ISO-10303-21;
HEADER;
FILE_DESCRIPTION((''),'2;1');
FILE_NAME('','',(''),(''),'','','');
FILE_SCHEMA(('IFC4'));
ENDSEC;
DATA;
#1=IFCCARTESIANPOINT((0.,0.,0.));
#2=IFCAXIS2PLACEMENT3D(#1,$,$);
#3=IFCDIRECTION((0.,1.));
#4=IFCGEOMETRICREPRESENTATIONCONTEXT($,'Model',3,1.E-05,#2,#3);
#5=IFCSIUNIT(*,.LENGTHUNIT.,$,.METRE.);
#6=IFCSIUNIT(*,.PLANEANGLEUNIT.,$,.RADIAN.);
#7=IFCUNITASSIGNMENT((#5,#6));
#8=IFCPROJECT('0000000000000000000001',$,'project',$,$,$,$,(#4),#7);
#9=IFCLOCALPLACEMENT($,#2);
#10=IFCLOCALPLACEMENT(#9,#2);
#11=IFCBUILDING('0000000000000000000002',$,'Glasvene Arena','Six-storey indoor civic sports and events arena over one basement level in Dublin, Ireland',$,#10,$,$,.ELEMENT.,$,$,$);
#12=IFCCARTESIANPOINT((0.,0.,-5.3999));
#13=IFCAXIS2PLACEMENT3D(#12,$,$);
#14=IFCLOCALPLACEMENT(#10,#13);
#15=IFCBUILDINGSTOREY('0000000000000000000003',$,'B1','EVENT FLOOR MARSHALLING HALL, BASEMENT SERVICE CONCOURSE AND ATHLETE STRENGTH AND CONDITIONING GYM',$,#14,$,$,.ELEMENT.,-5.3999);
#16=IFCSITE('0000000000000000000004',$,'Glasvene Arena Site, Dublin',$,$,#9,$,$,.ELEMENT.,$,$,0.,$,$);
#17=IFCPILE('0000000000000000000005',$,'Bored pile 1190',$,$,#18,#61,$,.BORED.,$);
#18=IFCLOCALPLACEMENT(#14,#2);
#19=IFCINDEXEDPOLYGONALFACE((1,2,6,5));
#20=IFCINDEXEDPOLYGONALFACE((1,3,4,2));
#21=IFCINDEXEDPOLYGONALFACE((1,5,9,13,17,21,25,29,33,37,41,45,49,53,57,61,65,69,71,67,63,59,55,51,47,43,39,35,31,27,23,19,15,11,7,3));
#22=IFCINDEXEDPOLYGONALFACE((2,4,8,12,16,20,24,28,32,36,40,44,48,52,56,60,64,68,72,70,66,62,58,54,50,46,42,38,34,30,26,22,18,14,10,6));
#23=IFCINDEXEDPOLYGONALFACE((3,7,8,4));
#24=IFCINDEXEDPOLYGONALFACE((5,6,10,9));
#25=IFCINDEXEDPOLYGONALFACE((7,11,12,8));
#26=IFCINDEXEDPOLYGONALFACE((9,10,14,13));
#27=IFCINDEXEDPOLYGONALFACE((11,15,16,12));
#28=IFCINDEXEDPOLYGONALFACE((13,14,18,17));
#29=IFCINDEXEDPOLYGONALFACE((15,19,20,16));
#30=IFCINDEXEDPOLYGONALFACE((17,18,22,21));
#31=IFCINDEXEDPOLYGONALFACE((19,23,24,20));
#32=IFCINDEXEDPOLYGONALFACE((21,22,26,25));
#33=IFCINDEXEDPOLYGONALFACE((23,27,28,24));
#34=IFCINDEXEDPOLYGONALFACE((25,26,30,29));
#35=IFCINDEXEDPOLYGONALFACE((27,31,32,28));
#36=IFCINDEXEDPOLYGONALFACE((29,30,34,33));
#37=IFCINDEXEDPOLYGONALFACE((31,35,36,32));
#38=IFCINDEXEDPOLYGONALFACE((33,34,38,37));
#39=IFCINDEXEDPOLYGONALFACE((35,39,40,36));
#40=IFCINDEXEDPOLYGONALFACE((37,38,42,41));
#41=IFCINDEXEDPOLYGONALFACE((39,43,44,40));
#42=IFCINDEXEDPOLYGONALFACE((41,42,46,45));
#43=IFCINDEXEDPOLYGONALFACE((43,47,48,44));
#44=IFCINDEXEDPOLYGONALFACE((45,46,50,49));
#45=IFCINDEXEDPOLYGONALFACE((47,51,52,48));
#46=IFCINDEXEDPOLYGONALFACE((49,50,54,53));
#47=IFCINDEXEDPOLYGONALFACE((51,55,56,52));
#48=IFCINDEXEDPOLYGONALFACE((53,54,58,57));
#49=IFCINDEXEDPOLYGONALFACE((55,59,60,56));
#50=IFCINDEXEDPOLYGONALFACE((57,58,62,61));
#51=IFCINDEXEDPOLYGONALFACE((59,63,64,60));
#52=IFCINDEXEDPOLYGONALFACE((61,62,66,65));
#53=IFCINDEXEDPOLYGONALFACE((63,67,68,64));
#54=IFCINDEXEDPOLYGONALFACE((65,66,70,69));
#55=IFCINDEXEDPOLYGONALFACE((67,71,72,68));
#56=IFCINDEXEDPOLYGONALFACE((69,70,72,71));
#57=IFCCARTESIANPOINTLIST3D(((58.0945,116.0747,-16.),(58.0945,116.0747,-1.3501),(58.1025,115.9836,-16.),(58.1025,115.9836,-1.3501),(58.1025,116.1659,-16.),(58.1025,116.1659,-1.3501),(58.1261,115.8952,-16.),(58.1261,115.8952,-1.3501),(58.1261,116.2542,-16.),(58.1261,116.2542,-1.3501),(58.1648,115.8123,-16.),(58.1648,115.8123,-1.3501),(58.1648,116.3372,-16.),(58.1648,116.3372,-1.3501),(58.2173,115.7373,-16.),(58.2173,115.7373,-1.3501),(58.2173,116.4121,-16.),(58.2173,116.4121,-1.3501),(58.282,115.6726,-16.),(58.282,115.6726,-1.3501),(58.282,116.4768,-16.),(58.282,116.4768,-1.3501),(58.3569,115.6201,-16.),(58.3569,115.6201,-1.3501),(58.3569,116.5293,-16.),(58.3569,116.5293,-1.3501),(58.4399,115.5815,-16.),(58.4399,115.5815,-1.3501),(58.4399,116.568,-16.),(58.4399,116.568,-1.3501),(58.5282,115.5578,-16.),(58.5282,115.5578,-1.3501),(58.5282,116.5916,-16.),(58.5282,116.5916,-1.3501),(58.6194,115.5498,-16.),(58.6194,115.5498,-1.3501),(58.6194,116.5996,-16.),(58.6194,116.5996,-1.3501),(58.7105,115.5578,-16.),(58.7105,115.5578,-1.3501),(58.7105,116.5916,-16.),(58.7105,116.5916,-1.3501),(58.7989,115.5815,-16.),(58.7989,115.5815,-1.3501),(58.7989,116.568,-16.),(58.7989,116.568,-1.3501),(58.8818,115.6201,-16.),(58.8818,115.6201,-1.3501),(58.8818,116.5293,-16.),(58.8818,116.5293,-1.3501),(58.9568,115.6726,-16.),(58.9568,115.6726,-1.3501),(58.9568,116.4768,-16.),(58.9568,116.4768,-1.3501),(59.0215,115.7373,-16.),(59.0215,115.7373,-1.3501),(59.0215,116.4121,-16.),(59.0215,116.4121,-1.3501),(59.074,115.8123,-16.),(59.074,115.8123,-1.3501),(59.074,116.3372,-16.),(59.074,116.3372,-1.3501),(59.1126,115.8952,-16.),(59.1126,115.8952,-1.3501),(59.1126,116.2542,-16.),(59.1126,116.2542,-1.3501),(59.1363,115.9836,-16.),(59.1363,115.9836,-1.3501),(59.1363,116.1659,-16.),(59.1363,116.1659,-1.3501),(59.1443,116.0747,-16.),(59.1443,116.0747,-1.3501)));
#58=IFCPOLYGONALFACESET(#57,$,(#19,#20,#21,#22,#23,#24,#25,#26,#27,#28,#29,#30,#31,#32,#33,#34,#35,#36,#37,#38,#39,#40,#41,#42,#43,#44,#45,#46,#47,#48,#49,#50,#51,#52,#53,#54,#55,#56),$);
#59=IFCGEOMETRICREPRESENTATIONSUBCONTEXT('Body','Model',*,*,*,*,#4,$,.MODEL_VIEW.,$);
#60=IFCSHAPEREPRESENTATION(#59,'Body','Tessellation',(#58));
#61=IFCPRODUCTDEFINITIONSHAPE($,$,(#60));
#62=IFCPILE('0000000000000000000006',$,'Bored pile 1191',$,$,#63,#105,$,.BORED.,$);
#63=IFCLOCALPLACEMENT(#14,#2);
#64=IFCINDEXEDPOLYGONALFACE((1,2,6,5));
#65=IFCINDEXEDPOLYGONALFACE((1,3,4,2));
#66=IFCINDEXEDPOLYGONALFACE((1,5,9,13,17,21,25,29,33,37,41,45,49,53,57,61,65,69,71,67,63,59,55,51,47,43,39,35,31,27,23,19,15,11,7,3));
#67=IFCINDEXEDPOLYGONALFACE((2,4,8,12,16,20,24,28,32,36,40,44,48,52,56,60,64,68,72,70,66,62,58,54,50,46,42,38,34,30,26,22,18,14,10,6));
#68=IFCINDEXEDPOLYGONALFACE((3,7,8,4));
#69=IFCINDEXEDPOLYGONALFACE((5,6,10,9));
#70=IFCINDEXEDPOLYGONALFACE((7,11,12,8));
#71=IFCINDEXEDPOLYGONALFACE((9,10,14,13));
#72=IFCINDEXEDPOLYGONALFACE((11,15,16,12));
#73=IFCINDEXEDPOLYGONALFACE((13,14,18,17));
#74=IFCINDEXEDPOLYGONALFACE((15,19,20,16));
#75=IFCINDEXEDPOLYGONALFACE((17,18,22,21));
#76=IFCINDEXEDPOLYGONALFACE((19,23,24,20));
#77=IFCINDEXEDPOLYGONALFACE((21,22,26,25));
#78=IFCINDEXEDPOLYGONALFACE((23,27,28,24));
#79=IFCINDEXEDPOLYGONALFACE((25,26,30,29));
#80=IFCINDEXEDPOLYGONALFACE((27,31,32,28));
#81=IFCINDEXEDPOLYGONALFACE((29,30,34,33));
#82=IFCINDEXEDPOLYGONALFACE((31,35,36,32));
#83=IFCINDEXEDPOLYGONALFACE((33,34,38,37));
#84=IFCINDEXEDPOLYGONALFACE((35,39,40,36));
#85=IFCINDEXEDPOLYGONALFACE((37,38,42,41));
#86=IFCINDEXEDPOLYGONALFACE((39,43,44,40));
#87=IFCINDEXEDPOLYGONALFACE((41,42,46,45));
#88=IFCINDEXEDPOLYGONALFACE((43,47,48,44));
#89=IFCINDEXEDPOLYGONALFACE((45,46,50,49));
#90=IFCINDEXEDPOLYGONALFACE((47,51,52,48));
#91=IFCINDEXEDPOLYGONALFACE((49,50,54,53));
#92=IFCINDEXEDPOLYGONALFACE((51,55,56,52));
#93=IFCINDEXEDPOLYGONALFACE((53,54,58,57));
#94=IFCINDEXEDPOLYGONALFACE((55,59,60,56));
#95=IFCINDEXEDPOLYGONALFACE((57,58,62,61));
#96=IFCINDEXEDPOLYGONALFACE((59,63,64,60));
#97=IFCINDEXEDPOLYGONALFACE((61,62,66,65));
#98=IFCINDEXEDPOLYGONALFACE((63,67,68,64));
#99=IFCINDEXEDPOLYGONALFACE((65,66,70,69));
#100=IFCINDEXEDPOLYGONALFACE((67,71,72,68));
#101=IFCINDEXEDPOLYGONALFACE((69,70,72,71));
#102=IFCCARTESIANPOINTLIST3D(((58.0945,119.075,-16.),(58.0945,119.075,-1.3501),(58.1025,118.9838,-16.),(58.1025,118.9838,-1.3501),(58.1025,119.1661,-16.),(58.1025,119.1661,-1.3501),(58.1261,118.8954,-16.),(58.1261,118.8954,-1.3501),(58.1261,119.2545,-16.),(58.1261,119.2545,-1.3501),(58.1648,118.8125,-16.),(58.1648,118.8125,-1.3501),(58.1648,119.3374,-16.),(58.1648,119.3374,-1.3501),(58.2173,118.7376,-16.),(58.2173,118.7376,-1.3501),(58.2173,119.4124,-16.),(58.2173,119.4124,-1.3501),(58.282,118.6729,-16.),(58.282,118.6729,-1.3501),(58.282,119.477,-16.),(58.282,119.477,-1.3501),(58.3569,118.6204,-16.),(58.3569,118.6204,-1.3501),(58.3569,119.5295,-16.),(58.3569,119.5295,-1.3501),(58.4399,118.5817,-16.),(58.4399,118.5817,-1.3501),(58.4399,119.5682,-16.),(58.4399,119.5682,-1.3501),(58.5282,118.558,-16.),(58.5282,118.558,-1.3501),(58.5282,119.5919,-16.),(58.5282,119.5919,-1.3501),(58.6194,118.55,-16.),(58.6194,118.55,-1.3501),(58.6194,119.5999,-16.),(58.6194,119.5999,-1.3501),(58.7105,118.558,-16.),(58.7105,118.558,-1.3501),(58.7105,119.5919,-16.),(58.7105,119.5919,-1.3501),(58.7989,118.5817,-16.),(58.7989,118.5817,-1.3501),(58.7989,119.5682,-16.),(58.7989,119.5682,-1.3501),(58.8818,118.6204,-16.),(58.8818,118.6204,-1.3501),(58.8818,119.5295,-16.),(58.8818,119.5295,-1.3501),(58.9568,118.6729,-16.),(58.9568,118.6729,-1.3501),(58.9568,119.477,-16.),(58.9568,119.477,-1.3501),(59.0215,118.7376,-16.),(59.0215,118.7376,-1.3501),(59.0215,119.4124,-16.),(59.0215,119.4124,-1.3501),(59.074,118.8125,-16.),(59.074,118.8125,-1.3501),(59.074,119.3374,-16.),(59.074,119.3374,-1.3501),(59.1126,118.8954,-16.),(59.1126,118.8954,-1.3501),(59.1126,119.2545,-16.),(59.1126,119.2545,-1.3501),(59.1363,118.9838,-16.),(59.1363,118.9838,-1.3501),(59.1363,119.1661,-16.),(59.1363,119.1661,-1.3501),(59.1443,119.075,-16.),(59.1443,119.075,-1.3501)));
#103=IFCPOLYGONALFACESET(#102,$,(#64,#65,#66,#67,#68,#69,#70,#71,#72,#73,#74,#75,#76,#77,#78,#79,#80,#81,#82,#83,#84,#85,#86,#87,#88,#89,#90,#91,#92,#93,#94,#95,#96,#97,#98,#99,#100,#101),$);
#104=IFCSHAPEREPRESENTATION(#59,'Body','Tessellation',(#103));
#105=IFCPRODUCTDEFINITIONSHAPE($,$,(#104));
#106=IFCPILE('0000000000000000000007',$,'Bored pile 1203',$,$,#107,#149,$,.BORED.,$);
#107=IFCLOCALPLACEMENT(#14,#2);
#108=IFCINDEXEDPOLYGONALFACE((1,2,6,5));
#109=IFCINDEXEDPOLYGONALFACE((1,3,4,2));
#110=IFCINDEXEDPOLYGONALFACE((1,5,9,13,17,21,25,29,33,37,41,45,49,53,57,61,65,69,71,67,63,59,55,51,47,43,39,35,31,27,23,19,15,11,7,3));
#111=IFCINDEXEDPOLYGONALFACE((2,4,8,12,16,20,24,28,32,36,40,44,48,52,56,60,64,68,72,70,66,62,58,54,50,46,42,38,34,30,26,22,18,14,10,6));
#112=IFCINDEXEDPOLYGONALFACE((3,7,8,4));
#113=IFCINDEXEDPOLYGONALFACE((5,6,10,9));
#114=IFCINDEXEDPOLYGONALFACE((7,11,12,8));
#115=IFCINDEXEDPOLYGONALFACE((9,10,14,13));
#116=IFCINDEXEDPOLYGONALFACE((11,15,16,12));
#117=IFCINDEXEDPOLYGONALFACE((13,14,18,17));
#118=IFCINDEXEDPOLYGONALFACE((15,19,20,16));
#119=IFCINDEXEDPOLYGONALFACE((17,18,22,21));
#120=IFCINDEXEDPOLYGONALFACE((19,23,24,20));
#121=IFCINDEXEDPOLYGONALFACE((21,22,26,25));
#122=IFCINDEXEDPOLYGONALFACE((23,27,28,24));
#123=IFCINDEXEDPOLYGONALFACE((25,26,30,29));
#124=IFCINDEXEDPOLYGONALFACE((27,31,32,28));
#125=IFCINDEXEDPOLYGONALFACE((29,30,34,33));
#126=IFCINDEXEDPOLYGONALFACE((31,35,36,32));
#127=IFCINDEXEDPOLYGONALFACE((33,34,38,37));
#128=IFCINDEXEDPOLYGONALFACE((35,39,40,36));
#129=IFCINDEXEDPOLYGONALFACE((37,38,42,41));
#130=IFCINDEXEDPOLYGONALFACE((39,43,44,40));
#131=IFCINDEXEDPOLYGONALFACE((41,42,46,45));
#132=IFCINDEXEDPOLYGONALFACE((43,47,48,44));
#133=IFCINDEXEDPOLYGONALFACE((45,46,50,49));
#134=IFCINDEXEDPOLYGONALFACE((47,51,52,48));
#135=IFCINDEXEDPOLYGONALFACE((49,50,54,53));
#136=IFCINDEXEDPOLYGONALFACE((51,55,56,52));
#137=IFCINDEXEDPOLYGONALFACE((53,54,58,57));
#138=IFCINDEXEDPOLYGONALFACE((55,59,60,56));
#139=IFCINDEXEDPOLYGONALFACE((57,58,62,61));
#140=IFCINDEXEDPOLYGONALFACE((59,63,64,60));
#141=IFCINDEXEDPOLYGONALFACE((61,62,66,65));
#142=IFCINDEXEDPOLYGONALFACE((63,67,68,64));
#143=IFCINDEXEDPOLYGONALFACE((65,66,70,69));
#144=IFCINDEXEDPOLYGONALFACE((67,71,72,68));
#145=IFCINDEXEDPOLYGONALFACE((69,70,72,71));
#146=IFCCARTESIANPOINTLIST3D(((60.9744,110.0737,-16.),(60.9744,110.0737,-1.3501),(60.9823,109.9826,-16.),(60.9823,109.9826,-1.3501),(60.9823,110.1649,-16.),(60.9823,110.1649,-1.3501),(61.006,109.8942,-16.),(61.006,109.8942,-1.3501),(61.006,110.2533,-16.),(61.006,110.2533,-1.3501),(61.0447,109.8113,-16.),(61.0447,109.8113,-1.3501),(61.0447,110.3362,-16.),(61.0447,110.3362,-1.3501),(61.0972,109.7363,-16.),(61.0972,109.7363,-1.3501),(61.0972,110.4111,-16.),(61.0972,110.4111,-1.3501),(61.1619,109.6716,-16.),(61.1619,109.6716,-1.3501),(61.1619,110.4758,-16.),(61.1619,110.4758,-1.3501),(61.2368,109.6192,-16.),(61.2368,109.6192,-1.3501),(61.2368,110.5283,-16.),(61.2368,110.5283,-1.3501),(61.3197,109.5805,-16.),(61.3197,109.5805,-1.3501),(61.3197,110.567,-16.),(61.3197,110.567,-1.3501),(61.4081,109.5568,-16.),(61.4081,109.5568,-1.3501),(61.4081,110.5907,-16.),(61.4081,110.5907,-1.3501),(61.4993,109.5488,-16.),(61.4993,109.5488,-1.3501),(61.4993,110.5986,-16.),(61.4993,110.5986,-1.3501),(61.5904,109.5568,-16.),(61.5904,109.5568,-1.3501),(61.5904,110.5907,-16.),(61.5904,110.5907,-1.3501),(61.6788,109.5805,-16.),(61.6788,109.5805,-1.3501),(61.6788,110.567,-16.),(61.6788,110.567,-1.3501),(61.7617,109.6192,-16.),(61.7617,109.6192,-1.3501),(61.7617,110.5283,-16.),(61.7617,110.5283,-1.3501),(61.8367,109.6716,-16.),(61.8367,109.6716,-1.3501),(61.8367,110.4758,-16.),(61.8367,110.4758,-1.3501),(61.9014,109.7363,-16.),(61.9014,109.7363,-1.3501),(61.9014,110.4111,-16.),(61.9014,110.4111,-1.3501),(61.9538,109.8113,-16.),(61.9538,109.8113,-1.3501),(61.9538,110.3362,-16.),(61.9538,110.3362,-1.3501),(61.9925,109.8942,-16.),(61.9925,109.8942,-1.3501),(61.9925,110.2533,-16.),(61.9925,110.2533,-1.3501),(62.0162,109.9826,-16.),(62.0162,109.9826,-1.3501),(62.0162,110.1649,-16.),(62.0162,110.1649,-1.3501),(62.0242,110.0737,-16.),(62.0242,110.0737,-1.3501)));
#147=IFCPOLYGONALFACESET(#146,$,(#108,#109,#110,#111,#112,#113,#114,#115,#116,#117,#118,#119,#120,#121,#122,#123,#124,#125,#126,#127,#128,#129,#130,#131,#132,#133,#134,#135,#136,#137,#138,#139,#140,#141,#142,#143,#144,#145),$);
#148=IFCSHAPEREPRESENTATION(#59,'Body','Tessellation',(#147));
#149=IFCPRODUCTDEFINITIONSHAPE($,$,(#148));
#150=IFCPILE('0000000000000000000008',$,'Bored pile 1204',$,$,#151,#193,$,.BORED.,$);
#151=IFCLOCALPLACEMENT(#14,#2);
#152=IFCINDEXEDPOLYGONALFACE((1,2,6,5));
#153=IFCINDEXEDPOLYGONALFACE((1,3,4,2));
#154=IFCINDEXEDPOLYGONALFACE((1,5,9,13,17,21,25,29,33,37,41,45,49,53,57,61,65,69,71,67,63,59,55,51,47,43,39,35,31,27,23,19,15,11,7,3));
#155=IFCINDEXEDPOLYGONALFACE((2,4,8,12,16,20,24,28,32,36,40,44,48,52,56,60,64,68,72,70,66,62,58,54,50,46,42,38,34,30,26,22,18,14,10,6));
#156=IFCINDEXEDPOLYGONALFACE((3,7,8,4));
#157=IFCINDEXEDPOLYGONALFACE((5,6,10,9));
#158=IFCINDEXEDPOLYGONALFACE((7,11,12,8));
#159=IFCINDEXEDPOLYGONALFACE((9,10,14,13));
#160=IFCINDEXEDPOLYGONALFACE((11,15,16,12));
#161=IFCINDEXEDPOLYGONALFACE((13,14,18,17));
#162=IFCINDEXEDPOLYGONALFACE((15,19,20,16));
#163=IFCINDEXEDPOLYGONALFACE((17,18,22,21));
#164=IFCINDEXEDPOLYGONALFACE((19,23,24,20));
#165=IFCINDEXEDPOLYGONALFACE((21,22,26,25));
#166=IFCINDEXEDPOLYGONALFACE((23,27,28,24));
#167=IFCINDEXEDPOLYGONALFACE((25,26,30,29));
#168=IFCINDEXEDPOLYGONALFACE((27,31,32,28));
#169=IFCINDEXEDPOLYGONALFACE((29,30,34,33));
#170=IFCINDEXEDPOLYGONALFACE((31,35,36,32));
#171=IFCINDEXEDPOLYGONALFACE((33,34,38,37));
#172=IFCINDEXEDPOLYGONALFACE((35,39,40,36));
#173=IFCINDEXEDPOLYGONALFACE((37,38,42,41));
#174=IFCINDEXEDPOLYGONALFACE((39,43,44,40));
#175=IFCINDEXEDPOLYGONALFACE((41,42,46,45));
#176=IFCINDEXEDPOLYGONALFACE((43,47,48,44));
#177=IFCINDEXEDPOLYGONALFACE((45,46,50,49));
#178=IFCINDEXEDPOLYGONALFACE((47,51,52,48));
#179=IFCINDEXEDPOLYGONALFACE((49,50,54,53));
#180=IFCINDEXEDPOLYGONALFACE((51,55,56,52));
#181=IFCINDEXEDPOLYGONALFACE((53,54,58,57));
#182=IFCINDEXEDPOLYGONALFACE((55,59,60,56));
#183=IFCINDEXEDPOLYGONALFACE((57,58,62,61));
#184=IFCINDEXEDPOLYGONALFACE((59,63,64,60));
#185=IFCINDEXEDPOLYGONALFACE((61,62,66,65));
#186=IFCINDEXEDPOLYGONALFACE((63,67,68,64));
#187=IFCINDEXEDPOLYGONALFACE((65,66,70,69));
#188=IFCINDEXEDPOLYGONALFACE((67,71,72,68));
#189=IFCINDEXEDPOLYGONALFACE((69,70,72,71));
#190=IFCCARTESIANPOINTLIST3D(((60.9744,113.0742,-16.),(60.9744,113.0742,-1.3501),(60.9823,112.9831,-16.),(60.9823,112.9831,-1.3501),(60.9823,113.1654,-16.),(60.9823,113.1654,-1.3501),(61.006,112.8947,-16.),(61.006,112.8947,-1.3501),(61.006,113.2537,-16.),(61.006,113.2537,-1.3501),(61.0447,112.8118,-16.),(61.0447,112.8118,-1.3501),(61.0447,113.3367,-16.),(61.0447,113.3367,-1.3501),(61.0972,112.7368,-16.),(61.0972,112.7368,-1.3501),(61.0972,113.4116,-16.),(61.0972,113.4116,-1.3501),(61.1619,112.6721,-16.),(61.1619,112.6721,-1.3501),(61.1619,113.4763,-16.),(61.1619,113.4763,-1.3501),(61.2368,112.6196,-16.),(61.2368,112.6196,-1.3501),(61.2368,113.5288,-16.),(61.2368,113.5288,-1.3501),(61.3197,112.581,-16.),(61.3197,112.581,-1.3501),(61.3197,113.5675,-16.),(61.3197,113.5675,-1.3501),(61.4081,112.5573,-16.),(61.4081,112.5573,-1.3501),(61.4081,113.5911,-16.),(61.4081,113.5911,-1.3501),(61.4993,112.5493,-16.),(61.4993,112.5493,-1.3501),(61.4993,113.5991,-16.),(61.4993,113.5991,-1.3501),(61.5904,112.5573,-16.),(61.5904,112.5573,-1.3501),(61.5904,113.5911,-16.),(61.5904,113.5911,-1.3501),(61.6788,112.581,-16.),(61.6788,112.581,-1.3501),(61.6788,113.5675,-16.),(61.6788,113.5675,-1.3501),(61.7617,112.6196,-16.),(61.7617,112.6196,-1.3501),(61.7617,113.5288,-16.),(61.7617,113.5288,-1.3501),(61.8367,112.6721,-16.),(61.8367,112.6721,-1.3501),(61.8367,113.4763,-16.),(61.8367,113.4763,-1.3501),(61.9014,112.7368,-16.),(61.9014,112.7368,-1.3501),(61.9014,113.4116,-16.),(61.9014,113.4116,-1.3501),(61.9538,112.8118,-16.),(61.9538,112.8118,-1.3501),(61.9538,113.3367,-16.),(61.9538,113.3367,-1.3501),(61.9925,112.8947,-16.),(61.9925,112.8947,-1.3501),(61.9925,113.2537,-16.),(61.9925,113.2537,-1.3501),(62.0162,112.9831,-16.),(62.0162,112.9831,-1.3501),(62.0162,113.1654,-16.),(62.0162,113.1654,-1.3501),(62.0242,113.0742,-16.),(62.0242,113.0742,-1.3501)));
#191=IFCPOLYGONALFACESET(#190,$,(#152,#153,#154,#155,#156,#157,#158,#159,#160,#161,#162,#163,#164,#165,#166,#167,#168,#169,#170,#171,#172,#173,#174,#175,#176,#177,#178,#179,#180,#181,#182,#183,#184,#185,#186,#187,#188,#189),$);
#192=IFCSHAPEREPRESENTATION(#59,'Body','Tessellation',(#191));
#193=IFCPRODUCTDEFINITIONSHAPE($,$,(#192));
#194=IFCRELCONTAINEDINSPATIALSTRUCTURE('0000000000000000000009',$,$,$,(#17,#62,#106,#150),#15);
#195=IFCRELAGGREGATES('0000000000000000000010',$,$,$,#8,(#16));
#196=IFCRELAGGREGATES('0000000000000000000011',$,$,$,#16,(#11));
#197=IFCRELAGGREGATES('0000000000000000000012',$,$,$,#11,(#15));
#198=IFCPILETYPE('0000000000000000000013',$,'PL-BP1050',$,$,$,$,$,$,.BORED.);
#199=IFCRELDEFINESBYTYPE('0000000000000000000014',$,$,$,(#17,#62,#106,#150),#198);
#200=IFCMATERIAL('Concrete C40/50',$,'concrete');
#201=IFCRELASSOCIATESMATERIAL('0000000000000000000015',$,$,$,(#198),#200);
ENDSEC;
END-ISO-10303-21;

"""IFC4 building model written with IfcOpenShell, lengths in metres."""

from ifc_helpers import new_model, si_unit, direction, frame, origin, origin_2d, place, context, subcontext, project, spatial, circle, extrude, material, material_profile, profile_set, type_object, element, save


model = new_model("IFC4")

# Units and contexts
model_context = context("Model", 3, precision=1e-05, world=origin(), true_north=direction((0.0, 1.0)))
body_context = subcontext(model_context, "Body", "Model", "MODEL_VIEW")
ifc_project = project(units=[si_unit("LENGTHUNIT", "METRE"), si_unit("PLANEANGLEUNIT", "RADIAN")], contexts=[model_context])

# Site, building, storey
site_placement = place(None, origin())
site = spatial("IfcSite", under=ifc_project, at=site_placement, Name="Glasvene Arena Site, Dublin", CompositionType="ELEMENT", RefElevation=0.0)
building_placement = place(site_placement, origin())
building = spatial("IfcBuilding", under=site, at=building_placement, Name="Glasvene Arena", Description="Six-storey indoor civic sports and events arena over one basement level in Dublin, Ireland", CompositionType="ELEMENT")
storey_placement = place(building_placement, frame((0.0, 0.0, -5.3999)))
storey = spatial("IfcBuildingStorey", under=building, at=storey_placement, Name="B1", Description="EVENT FLOOR MARSHALLING HALL, BASEMENT SERVICE CONCOURSE AND ATHLETE STRENGTH AND CONDITIONING GYM", CompositionType="ELEMENT", Elevation=-5.3999)

# Piles
ifc_material_1 = material(Name="Concrete C40/50", Category="concrete")
ifc_material_profile_1 = material_profile(ifc_material_1, circle(Radius=0.5249, at=origin_2d()), Name="BORED PILE 1050")
ifc_profile_set_1 = profile_set([ifc_material_profile_1], Name="Concrete C40/50")
pile_type = type_object("IfcPileType", Name="PL-BP1050", PredefinedType="BORED", material=ifc_profile_set_1)
for number, where, z_axis, x_axis, name in (
    (1, (58.6194, 116.0747, -1.3501), (0.0, 0.0, -1.0), (1.0, 0.0, 0.0), "Bored pile 1190"),
    (2, (58.6194, 119.075, -1.3501), (0.0, 0.0, -1.0), (1.0, 0.0, 0.0), "Bored pile 1191"),
    (3, (61.4993, 110.0737, -1.3501), (0.0, 0.0, -1.0), (1.0, 0.0, 0.0), "Bored pile 1203"),
    (4, (61.4993, 113.0742, -1.3501), (0.0, 0.0, -1.0), (1.0, 0.0, 0.0), "Bored pile 1204"),
):
    element("IfcPile", number, at=place(storey_placement, frame(where, z_axis=z_axis, x_axis=x_axis)), inside=storey, type_object=pile_type, Name=name, PredefinedType="BORED", context=body_context, shape_type="SweptSolid", body=[
        extrude(circle(Radius=0.5249, at=origin_2d()), origin(), (0.0, 0.0, 1.0), 14.6499),
    ])

save(model, "model.ifc")
